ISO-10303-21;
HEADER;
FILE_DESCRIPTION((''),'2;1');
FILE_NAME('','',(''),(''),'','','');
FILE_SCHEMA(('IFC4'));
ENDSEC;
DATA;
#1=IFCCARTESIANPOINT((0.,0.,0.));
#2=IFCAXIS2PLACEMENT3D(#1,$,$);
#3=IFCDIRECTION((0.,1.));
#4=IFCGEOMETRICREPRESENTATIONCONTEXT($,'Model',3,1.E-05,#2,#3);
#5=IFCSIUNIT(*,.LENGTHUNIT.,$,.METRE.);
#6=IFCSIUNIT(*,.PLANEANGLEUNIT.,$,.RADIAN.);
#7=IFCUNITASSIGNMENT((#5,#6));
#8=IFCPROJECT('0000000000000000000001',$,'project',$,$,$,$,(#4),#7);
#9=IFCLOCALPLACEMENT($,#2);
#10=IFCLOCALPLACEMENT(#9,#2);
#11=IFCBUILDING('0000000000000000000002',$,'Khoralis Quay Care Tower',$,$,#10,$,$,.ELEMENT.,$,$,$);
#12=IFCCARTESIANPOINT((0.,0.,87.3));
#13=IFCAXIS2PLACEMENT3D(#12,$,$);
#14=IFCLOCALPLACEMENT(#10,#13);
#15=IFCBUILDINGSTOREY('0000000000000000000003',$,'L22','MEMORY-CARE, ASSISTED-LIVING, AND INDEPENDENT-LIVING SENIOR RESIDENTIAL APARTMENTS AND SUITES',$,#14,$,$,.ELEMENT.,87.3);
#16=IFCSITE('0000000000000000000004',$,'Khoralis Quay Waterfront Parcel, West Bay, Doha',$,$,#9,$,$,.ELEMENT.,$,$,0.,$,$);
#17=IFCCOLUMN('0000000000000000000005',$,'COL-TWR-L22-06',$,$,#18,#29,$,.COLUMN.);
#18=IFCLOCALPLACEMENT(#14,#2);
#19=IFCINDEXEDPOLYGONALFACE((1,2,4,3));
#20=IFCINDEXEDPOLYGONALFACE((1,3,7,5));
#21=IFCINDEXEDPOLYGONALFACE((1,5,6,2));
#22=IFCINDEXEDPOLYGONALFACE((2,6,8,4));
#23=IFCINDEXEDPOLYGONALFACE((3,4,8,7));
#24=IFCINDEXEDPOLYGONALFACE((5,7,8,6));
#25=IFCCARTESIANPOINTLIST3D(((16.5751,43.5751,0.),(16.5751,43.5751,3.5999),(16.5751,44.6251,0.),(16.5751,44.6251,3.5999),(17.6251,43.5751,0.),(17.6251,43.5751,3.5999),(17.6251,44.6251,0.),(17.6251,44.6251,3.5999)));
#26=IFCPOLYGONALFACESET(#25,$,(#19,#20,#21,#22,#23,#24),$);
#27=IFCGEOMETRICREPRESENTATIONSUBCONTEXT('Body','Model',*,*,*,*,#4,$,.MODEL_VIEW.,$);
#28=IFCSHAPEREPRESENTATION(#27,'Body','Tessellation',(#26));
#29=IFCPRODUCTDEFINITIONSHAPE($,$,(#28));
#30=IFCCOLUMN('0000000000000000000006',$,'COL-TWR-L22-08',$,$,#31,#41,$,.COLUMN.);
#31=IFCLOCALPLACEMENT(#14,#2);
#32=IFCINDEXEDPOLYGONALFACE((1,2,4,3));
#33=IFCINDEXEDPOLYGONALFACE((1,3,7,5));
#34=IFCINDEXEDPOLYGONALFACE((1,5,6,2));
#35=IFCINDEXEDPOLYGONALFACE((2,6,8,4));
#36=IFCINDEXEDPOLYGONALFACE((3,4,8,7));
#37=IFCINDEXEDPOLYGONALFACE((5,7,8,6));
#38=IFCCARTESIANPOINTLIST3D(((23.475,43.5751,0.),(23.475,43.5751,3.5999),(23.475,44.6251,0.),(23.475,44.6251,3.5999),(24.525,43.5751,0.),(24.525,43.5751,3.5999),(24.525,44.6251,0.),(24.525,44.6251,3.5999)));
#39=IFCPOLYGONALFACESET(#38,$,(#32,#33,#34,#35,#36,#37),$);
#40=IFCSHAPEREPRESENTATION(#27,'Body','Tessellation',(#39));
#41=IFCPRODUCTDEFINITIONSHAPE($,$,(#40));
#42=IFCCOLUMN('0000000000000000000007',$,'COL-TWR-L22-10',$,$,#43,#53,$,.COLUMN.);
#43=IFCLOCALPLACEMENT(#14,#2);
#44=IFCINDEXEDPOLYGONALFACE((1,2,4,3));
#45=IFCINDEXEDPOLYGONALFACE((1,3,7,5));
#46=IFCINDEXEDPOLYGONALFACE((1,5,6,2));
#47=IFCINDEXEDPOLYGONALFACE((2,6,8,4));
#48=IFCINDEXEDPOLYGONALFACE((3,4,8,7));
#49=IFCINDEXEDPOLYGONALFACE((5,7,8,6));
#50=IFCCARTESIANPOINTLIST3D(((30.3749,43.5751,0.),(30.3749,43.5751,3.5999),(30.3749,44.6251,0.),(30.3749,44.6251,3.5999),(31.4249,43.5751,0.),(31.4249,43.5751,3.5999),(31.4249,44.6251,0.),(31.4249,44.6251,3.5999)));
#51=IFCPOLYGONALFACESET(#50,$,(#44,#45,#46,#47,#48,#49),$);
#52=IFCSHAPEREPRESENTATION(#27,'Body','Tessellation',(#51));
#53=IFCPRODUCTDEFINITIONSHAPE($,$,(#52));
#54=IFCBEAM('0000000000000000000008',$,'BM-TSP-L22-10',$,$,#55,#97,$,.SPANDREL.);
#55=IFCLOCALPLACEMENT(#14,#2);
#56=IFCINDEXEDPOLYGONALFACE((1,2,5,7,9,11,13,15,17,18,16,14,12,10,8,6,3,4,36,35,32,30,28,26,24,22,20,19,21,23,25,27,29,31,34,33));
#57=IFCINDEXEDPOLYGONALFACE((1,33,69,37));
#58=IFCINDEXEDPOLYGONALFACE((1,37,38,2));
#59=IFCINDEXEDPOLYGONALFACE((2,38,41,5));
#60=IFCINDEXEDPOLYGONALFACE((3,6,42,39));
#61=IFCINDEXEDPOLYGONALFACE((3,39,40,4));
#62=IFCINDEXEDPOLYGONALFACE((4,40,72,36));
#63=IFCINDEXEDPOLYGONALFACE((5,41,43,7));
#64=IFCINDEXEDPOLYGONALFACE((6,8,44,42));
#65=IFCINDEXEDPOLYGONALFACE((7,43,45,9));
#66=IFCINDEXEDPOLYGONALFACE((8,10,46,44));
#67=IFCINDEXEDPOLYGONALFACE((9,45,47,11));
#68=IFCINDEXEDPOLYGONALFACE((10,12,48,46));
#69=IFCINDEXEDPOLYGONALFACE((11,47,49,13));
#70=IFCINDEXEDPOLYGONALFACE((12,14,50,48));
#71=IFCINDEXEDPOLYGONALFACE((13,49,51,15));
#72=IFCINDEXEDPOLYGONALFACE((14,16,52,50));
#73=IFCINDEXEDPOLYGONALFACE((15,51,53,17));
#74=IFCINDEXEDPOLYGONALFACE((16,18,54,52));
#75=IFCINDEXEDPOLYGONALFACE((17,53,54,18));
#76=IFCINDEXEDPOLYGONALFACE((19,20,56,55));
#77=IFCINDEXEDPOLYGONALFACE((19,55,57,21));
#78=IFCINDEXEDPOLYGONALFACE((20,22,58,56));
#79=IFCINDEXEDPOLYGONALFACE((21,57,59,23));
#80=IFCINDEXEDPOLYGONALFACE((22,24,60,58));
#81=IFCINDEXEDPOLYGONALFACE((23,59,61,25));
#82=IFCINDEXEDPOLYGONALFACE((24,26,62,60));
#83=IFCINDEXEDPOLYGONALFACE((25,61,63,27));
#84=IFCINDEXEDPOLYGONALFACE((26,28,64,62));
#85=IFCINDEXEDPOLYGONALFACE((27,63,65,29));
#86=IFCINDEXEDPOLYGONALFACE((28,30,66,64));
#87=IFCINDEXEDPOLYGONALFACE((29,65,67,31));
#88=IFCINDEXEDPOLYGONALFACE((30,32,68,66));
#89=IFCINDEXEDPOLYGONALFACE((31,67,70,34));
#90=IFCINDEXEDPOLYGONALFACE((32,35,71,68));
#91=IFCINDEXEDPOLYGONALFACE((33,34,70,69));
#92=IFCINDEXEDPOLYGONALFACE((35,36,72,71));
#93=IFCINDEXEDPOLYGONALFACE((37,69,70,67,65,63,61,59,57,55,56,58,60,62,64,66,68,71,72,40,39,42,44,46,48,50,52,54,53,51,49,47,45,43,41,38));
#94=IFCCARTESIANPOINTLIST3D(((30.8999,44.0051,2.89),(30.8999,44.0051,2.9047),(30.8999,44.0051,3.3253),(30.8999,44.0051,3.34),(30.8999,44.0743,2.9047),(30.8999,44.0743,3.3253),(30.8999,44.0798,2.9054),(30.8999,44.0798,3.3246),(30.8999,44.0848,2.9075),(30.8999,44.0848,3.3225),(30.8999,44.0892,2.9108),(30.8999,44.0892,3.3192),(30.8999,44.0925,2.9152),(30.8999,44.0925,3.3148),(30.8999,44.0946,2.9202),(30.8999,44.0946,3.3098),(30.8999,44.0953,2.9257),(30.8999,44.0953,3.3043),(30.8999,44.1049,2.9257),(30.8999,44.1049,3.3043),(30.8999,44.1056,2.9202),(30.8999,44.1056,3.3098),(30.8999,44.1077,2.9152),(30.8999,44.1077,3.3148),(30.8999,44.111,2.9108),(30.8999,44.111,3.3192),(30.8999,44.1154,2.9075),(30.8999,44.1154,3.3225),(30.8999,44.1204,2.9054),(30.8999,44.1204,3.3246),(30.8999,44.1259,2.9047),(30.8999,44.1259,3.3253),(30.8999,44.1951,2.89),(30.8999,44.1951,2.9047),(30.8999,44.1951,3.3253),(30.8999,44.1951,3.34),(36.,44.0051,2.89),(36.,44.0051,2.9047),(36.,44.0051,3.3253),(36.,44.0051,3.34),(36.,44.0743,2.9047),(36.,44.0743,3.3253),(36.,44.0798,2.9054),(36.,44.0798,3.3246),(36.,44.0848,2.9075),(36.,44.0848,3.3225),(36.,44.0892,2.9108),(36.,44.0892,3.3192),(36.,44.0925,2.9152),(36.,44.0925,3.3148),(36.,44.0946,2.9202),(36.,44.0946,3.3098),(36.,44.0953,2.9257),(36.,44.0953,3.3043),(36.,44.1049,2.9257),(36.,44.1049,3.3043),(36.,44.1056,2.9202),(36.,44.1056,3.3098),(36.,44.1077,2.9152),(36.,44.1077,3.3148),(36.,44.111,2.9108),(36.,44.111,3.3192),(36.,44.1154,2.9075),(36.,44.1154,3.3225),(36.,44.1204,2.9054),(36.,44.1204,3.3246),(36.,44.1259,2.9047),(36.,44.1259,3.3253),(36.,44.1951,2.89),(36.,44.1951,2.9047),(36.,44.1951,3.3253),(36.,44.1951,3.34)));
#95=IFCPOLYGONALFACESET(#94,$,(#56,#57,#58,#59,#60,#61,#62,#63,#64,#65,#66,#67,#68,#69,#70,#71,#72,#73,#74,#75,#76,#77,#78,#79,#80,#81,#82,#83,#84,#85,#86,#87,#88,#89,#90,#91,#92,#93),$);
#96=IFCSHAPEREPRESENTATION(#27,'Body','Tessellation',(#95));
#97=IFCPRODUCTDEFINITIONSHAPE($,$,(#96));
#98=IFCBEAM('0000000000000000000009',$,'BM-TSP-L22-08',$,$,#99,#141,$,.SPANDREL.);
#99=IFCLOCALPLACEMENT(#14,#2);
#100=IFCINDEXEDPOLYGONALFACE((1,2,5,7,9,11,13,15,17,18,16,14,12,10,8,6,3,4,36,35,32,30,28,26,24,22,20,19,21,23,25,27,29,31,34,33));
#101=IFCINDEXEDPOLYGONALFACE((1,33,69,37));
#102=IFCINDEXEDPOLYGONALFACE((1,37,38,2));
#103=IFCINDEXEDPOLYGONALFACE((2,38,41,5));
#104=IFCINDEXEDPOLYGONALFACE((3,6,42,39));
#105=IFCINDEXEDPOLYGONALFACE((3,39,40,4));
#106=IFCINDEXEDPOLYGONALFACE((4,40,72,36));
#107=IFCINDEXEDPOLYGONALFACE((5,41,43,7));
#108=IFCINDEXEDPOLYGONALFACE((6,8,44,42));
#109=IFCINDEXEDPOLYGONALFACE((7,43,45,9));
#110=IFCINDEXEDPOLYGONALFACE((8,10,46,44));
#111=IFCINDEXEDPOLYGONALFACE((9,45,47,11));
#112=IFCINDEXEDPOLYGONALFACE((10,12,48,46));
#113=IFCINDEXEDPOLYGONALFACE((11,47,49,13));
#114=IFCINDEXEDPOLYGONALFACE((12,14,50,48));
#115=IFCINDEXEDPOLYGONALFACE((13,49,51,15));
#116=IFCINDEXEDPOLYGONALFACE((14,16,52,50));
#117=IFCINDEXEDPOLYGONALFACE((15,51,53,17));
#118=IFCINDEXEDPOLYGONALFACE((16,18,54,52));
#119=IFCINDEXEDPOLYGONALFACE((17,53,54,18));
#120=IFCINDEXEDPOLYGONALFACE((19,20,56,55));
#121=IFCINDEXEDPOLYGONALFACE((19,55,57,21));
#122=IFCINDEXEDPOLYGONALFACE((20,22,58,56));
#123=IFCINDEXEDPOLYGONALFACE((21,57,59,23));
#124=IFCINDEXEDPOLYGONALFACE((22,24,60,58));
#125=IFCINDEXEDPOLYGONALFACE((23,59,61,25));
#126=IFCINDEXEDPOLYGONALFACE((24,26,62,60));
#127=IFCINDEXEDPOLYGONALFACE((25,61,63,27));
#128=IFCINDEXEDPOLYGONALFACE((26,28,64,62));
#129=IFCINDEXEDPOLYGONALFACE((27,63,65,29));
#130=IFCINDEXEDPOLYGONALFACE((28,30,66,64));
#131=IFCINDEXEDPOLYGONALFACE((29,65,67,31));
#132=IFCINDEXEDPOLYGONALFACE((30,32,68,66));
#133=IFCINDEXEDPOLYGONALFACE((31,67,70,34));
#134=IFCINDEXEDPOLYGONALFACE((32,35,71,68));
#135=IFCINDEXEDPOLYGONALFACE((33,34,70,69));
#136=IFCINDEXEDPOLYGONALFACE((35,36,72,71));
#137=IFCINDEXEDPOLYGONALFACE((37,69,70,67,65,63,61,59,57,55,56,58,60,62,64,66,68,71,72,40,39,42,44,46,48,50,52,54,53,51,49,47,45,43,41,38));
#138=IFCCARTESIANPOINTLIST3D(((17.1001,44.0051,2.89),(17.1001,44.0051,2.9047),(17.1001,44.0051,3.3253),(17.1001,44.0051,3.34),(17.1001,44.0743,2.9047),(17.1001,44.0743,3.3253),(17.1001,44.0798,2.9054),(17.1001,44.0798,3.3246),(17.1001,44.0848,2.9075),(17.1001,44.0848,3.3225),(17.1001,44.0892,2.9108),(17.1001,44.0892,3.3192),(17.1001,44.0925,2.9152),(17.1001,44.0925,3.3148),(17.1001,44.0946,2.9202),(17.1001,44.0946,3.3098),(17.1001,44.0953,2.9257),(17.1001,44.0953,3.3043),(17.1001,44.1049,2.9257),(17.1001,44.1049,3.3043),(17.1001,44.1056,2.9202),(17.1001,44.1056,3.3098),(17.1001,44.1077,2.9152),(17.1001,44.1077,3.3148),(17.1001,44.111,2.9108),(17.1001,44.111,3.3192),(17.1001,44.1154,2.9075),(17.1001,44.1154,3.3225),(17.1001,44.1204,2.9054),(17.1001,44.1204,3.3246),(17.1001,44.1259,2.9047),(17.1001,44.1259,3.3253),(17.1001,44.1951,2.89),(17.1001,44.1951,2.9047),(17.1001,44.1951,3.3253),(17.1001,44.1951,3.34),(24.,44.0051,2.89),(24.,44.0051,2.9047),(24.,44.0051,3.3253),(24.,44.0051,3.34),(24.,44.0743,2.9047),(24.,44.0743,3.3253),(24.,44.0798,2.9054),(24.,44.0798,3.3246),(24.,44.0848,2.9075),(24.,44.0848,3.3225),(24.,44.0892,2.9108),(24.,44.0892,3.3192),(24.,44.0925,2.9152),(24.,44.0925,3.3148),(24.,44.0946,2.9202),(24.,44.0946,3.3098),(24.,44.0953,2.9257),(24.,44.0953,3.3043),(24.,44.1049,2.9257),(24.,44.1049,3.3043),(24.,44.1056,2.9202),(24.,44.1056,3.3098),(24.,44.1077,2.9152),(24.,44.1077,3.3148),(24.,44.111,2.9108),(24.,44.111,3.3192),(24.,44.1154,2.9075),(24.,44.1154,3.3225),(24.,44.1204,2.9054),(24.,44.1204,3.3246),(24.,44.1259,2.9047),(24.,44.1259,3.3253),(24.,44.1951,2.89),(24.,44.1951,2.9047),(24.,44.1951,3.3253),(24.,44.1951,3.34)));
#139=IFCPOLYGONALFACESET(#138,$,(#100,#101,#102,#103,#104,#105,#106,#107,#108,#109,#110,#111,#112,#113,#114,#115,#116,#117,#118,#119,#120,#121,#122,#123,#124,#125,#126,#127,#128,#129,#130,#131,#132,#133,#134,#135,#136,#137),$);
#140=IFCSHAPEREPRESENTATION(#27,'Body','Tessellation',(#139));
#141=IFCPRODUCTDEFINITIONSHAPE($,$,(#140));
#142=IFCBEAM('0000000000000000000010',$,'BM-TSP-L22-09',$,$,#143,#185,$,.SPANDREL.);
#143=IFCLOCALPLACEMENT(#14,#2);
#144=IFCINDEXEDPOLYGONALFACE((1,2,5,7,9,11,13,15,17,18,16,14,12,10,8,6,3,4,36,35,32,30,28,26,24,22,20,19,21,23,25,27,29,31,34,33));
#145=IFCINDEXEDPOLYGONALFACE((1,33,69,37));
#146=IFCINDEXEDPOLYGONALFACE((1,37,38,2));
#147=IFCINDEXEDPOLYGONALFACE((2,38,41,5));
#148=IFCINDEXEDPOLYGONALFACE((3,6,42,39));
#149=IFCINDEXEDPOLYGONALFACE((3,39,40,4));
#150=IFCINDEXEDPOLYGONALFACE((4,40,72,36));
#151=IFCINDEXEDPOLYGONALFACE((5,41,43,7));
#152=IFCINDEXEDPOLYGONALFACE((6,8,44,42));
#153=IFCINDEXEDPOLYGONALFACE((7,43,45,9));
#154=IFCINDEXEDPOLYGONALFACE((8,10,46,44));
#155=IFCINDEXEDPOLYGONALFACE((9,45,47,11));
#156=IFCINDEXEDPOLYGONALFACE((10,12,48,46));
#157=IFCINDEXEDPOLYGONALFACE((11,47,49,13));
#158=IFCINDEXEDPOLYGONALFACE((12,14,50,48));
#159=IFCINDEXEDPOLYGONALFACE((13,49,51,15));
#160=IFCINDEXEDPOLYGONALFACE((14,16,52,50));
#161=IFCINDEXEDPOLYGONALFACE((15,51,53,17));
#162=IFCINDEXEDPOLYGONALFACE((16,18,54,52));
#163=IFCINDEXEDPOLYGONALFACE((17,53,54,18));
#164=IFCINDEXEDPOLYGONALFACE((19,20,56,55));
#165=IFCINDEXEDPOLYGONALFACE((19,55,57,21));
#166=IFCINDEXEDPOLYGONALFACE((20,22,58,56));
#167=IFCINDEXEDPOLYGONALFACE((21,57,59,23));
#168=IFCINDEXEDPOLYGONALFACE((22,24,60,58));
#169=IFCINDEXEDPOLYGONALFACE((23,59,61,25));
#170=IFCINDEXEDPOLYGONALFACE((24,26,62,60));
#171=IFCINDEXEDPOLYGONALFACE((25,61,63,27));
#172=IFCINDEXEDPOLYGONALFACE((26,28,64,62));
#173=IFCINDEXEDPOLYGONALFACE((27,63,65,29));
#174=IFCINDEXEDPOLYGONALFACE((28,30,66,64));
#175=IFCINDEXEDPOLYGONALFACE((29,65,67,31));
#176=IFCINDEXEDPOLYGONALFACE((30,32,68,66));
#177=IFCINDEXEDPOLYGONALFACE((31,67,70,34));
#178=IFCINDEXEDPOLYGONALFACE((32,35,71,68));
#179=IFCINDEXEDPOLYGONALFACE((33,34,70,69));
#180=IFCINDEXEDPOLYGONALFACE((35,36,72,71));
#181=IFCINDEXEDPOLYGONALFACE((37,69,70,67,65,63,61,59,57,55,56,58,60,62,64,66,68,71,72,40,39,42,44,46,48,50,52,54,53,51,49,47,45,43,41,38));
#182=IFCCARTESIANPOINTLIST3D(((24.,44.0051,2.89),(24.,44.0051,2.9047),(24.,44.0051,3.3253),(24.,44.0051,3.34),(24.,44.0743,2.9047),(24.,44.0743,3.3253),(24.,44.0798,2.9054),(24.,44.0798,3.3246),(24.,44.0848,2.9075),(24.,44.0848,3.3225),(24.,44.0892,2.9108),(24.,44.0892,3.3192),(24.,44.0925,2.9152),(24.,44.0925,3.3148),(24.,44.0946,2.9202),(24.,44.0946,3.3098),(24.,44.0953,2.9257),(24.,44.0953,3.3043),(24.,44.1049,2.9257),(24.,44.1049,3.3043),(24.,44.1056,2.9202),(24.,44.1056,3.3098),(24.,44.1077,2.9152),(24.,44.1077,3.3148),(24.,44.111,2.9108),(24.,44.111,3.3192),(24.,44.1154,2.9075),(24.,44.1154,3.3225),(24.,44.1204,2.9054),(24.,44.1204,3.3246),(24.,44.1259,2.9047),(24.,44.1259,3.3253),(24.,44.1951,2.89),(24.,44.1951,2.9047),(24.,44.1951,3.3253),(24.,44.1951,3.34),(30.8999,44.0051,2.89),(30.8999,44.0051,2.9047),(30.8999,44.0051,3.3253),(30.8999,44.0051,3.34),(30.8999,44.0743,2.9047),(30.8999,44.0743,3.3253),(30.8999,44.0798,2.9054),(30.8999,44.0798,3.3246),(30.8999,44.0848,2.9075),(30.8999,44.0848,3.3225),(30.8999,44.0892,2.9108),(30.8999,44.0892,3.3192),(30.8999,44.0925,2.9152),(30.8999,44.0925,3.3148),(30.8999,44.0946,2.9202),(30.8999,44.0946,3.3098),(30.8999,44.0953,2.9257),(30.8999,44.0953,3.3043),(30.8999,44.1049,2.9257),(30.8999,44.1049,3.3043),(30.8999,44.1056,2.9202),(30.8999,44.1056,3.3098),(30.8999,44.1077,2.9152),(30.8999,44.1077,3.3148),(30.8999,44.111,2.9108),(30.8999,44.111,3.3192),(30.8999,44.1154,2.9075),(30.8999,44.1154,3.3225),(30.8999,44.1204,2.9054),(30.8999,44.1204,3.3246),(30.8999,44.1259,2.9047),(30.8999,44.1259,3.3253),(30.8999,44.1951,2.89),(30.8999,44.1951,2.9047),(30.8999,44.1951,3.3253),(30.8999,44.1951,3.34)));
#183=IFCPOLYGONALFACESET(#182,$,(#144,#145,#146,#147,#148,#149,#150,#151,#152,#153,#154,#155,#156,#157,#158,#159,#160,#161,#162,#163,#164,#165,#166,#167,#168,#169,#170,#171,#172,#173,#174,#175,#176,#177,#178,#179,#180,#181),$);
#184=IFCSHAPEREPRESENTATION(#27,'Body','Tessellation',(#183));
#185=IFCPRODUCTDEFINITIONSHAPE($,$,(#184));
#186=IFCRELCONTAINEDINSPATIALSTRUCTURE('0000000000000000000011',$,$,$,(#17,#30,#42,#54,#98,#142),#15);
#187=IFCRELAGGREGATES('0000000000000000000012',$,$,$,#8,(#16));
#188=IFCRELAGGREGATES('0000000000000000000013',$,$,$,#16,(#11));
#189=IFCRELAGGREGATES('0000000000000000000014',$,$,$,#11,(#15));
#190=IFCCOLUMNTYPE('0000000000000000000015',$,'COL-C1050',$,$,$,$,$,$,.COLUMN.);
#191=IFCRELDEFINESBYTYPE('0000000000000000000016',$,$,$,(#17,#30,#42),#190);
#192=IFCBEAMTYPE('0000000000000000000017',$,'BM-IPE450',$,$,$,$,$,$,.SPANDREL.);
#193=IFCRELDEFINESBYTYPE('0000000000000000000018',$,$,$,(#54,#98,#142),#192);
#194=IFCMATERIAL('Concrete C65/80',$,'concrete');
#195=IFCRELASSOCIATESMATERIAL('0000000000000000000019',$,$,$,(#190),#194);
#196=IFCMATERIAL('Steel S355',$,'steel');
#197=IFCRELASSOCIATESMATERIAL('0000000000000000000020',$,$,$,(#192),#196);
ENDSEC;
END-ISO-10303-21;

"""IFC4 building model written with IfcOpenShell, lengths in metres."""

from ifc_helpers import new_model, si_unit, direction, frame, origin, origin_2d, place, context, subcontext, project, spatial, rectangle, i_section, extrude, source, transform, mapped, material, material_profile, profile_set, type_object, element, save


model = new_model("IFC4")

# Units and contexts
model_context = context("Model", 3, precision=1e-05, world=origin(), true_north=direction((0.0, 1.0)))
body_context = subcontext(model_context, "Body", "Model", "MODEL_VIEW")
ifc_project = project(units=[si_unit("LENGTHUNIT", "METRE"), si_unit("PLANEANGLEUNIT", "RADIAN")], contexts=[model_context])

# Site, building, storey
site_placement = place(None, origin())
site = spatial("IfcSite", under=ifc_project, at=site_placement, Name="Khoralis Quay Waterfront Parcel, West Bay, Doha", CompositionType="ELEMENT", RefElevation=0.0)
building_placement = place(site_placement, origin())
building = spatial("IfcBuilding", under=site, at=building_placement, Name="Khoralis Quay Care Tower", CompositionType="ELEMENT")
storey_placement = place(building_placement, frame((0.0, 0.0, 87.3)))
storey = spatial("IfcBuildingStorey", under=building, at=storey_placement, Name="L22", Description="MEMORY-CARE, ASSISTED-LIVING, AND INDEPENDENT-LIVING SENIOR RESIDENTIAL APARTMENTS AND SUITES", CompositionType="ELEMENT", Elevation=87.3)

# Columns
ifc_material_1 = material(Name="Concrete C65/80", Category="concrete")
ifc_material_profile_1 = material_profile(ifc_material_1, rectangle(XDim=1.05, YDim=1.05, at=origin_2d()), Name="Concrete C65/80")
ifc_profile_set_1 = profile_set([ifc_material_profile_1], Name="Concrete C65/80")
column_type = type_object("IfcColumnType", Name="COL-C1050", PredefinedType="COLUMN", material=ifc_profile_set_1)
shared_shape_1 = source(origin(), body_context, "Body", "SweptSolid", [
    extrude(rectangle(XDim=1.05, YDim=1.05, at=origin_2d()), origin(), (0.0, 0.0, 1.0), 3.5999),
])
for number, where, z_axis, x_axis, name in (
    (1, (17.1001, 44.1001, 0.0), (0.0, 0.0, 1.0), (1.0, 0.0, 0.0), "COL-TWR-L22-06"),
    (2, (24.0, 44.1001, 0.0), (0.0, 0.0, 1.0), (1.0, 0.0, 0.0), "COL-TWR-L22-08"),
    (3, (30.8999, 44.1001, 0.0), (0.0, 0.0, 1.0), (1.0, 0.0, 0.0), "COL-TWR-L22-10"),
):
    element("IfcColumn", number, at=place(storey_placement, frame(where, z_axis=z_axis, x_axis=x_axis)), inside=storey, type_object=column_type, Name=name, PredefinedType="COLUMN", context=body_context, shape_type="MappedRepresentation", body=[
        mapped(shared_shape_1, transform((0.0, 0.0, 0.0), scale=1.0)),
    ])

# Beams
ifc_material_2 = material(Name="Steel S355", Category="steel")
ifc_material_profile_2 = material_profile(ifc_material_2, i_section(OverallWidth=0.1899, OverallDepth=0.45, WebThickness=0.0095, FlangeThickness=0.0146, FilletRadius=0.021, at=origin_2d()), Name="Steel S355")
ifc_profile_set_2 = profile_set([ifc_material_profile_2], Name="Steel S355")
beam_type_1 = type_object("IfcBeamType", Name="BM-IPE450", PredefinedType="SPANDREL", material=ifc_profile_set_2)
shared_shape_2 = source(origin(), body_context, "Body", "SweptSolid", [
    extrude(i_section(OverallWidth=0.1899, OverallDepth=0.45, WebThickness=0.0095, FlangeThickness=0.0146, FilletRadius=0.021, at=origin_2d()), origin(), (0.0, 0.0, 1.0), 5.1001),
])
beam_1_placement = place(storey_placement, frame((30.8999, 44.1001, 3.115), z_axis=(1.0, 0.0, 0.0), x_axis=(0.0, 1.0, 0.0)))
element("IfcBeam", 4, at=beam_1_placement, inside=storey, type_object=beam_type_1, Name="BM-TSP-L22-10", PredefinedType="SPANDREL", context=body_context, shape_type="MappedRepresentation", body=[
    mapped(shared_shape_2, transform((0.0, 0.0, 0.0), scale=1.0)),
])
shared_shape_3 = source(origin(), body_context, "Body", "SweptSolid", [
    extrude(i_section(OverallWidth=0.1899, OverallDepth=0.45, WebThickness=0.0095, FlangeThickness=0.0146, FilletRadius=0.021, at=origin_2d()), origin(), (0.0, 0.0, 1.0), 6.8999),
])
for number, where, z_axis, x_axis, name in (
    (5, (17.1001, 44.1001, 3.115), (1.0, 0.0, 0.0), (0.0, 1.0, 0.0), "BM-TSP-L22-08"),
    (6, (24.0, 44.1001, 3.115), (1.0, 0.0, 0.0), (0.0, 1.0, 0.0), "BM-TSP-L22-09"),
):
    element("IfcBeam", number, at=place(storey_placement, frame(where, z_axis=z_axis, x_axis=x_axis)), inside=storey, type_object=beam_type_1, Name=name, PredefinedType="SPANDREL", context=body_context, shape_type="MappedRepresentation", body=[
        mapped(shared_shape_3, transform((0.0, 0.0, 0.0), scale=1.0)),
    ])

save(model, "model.ifc")
